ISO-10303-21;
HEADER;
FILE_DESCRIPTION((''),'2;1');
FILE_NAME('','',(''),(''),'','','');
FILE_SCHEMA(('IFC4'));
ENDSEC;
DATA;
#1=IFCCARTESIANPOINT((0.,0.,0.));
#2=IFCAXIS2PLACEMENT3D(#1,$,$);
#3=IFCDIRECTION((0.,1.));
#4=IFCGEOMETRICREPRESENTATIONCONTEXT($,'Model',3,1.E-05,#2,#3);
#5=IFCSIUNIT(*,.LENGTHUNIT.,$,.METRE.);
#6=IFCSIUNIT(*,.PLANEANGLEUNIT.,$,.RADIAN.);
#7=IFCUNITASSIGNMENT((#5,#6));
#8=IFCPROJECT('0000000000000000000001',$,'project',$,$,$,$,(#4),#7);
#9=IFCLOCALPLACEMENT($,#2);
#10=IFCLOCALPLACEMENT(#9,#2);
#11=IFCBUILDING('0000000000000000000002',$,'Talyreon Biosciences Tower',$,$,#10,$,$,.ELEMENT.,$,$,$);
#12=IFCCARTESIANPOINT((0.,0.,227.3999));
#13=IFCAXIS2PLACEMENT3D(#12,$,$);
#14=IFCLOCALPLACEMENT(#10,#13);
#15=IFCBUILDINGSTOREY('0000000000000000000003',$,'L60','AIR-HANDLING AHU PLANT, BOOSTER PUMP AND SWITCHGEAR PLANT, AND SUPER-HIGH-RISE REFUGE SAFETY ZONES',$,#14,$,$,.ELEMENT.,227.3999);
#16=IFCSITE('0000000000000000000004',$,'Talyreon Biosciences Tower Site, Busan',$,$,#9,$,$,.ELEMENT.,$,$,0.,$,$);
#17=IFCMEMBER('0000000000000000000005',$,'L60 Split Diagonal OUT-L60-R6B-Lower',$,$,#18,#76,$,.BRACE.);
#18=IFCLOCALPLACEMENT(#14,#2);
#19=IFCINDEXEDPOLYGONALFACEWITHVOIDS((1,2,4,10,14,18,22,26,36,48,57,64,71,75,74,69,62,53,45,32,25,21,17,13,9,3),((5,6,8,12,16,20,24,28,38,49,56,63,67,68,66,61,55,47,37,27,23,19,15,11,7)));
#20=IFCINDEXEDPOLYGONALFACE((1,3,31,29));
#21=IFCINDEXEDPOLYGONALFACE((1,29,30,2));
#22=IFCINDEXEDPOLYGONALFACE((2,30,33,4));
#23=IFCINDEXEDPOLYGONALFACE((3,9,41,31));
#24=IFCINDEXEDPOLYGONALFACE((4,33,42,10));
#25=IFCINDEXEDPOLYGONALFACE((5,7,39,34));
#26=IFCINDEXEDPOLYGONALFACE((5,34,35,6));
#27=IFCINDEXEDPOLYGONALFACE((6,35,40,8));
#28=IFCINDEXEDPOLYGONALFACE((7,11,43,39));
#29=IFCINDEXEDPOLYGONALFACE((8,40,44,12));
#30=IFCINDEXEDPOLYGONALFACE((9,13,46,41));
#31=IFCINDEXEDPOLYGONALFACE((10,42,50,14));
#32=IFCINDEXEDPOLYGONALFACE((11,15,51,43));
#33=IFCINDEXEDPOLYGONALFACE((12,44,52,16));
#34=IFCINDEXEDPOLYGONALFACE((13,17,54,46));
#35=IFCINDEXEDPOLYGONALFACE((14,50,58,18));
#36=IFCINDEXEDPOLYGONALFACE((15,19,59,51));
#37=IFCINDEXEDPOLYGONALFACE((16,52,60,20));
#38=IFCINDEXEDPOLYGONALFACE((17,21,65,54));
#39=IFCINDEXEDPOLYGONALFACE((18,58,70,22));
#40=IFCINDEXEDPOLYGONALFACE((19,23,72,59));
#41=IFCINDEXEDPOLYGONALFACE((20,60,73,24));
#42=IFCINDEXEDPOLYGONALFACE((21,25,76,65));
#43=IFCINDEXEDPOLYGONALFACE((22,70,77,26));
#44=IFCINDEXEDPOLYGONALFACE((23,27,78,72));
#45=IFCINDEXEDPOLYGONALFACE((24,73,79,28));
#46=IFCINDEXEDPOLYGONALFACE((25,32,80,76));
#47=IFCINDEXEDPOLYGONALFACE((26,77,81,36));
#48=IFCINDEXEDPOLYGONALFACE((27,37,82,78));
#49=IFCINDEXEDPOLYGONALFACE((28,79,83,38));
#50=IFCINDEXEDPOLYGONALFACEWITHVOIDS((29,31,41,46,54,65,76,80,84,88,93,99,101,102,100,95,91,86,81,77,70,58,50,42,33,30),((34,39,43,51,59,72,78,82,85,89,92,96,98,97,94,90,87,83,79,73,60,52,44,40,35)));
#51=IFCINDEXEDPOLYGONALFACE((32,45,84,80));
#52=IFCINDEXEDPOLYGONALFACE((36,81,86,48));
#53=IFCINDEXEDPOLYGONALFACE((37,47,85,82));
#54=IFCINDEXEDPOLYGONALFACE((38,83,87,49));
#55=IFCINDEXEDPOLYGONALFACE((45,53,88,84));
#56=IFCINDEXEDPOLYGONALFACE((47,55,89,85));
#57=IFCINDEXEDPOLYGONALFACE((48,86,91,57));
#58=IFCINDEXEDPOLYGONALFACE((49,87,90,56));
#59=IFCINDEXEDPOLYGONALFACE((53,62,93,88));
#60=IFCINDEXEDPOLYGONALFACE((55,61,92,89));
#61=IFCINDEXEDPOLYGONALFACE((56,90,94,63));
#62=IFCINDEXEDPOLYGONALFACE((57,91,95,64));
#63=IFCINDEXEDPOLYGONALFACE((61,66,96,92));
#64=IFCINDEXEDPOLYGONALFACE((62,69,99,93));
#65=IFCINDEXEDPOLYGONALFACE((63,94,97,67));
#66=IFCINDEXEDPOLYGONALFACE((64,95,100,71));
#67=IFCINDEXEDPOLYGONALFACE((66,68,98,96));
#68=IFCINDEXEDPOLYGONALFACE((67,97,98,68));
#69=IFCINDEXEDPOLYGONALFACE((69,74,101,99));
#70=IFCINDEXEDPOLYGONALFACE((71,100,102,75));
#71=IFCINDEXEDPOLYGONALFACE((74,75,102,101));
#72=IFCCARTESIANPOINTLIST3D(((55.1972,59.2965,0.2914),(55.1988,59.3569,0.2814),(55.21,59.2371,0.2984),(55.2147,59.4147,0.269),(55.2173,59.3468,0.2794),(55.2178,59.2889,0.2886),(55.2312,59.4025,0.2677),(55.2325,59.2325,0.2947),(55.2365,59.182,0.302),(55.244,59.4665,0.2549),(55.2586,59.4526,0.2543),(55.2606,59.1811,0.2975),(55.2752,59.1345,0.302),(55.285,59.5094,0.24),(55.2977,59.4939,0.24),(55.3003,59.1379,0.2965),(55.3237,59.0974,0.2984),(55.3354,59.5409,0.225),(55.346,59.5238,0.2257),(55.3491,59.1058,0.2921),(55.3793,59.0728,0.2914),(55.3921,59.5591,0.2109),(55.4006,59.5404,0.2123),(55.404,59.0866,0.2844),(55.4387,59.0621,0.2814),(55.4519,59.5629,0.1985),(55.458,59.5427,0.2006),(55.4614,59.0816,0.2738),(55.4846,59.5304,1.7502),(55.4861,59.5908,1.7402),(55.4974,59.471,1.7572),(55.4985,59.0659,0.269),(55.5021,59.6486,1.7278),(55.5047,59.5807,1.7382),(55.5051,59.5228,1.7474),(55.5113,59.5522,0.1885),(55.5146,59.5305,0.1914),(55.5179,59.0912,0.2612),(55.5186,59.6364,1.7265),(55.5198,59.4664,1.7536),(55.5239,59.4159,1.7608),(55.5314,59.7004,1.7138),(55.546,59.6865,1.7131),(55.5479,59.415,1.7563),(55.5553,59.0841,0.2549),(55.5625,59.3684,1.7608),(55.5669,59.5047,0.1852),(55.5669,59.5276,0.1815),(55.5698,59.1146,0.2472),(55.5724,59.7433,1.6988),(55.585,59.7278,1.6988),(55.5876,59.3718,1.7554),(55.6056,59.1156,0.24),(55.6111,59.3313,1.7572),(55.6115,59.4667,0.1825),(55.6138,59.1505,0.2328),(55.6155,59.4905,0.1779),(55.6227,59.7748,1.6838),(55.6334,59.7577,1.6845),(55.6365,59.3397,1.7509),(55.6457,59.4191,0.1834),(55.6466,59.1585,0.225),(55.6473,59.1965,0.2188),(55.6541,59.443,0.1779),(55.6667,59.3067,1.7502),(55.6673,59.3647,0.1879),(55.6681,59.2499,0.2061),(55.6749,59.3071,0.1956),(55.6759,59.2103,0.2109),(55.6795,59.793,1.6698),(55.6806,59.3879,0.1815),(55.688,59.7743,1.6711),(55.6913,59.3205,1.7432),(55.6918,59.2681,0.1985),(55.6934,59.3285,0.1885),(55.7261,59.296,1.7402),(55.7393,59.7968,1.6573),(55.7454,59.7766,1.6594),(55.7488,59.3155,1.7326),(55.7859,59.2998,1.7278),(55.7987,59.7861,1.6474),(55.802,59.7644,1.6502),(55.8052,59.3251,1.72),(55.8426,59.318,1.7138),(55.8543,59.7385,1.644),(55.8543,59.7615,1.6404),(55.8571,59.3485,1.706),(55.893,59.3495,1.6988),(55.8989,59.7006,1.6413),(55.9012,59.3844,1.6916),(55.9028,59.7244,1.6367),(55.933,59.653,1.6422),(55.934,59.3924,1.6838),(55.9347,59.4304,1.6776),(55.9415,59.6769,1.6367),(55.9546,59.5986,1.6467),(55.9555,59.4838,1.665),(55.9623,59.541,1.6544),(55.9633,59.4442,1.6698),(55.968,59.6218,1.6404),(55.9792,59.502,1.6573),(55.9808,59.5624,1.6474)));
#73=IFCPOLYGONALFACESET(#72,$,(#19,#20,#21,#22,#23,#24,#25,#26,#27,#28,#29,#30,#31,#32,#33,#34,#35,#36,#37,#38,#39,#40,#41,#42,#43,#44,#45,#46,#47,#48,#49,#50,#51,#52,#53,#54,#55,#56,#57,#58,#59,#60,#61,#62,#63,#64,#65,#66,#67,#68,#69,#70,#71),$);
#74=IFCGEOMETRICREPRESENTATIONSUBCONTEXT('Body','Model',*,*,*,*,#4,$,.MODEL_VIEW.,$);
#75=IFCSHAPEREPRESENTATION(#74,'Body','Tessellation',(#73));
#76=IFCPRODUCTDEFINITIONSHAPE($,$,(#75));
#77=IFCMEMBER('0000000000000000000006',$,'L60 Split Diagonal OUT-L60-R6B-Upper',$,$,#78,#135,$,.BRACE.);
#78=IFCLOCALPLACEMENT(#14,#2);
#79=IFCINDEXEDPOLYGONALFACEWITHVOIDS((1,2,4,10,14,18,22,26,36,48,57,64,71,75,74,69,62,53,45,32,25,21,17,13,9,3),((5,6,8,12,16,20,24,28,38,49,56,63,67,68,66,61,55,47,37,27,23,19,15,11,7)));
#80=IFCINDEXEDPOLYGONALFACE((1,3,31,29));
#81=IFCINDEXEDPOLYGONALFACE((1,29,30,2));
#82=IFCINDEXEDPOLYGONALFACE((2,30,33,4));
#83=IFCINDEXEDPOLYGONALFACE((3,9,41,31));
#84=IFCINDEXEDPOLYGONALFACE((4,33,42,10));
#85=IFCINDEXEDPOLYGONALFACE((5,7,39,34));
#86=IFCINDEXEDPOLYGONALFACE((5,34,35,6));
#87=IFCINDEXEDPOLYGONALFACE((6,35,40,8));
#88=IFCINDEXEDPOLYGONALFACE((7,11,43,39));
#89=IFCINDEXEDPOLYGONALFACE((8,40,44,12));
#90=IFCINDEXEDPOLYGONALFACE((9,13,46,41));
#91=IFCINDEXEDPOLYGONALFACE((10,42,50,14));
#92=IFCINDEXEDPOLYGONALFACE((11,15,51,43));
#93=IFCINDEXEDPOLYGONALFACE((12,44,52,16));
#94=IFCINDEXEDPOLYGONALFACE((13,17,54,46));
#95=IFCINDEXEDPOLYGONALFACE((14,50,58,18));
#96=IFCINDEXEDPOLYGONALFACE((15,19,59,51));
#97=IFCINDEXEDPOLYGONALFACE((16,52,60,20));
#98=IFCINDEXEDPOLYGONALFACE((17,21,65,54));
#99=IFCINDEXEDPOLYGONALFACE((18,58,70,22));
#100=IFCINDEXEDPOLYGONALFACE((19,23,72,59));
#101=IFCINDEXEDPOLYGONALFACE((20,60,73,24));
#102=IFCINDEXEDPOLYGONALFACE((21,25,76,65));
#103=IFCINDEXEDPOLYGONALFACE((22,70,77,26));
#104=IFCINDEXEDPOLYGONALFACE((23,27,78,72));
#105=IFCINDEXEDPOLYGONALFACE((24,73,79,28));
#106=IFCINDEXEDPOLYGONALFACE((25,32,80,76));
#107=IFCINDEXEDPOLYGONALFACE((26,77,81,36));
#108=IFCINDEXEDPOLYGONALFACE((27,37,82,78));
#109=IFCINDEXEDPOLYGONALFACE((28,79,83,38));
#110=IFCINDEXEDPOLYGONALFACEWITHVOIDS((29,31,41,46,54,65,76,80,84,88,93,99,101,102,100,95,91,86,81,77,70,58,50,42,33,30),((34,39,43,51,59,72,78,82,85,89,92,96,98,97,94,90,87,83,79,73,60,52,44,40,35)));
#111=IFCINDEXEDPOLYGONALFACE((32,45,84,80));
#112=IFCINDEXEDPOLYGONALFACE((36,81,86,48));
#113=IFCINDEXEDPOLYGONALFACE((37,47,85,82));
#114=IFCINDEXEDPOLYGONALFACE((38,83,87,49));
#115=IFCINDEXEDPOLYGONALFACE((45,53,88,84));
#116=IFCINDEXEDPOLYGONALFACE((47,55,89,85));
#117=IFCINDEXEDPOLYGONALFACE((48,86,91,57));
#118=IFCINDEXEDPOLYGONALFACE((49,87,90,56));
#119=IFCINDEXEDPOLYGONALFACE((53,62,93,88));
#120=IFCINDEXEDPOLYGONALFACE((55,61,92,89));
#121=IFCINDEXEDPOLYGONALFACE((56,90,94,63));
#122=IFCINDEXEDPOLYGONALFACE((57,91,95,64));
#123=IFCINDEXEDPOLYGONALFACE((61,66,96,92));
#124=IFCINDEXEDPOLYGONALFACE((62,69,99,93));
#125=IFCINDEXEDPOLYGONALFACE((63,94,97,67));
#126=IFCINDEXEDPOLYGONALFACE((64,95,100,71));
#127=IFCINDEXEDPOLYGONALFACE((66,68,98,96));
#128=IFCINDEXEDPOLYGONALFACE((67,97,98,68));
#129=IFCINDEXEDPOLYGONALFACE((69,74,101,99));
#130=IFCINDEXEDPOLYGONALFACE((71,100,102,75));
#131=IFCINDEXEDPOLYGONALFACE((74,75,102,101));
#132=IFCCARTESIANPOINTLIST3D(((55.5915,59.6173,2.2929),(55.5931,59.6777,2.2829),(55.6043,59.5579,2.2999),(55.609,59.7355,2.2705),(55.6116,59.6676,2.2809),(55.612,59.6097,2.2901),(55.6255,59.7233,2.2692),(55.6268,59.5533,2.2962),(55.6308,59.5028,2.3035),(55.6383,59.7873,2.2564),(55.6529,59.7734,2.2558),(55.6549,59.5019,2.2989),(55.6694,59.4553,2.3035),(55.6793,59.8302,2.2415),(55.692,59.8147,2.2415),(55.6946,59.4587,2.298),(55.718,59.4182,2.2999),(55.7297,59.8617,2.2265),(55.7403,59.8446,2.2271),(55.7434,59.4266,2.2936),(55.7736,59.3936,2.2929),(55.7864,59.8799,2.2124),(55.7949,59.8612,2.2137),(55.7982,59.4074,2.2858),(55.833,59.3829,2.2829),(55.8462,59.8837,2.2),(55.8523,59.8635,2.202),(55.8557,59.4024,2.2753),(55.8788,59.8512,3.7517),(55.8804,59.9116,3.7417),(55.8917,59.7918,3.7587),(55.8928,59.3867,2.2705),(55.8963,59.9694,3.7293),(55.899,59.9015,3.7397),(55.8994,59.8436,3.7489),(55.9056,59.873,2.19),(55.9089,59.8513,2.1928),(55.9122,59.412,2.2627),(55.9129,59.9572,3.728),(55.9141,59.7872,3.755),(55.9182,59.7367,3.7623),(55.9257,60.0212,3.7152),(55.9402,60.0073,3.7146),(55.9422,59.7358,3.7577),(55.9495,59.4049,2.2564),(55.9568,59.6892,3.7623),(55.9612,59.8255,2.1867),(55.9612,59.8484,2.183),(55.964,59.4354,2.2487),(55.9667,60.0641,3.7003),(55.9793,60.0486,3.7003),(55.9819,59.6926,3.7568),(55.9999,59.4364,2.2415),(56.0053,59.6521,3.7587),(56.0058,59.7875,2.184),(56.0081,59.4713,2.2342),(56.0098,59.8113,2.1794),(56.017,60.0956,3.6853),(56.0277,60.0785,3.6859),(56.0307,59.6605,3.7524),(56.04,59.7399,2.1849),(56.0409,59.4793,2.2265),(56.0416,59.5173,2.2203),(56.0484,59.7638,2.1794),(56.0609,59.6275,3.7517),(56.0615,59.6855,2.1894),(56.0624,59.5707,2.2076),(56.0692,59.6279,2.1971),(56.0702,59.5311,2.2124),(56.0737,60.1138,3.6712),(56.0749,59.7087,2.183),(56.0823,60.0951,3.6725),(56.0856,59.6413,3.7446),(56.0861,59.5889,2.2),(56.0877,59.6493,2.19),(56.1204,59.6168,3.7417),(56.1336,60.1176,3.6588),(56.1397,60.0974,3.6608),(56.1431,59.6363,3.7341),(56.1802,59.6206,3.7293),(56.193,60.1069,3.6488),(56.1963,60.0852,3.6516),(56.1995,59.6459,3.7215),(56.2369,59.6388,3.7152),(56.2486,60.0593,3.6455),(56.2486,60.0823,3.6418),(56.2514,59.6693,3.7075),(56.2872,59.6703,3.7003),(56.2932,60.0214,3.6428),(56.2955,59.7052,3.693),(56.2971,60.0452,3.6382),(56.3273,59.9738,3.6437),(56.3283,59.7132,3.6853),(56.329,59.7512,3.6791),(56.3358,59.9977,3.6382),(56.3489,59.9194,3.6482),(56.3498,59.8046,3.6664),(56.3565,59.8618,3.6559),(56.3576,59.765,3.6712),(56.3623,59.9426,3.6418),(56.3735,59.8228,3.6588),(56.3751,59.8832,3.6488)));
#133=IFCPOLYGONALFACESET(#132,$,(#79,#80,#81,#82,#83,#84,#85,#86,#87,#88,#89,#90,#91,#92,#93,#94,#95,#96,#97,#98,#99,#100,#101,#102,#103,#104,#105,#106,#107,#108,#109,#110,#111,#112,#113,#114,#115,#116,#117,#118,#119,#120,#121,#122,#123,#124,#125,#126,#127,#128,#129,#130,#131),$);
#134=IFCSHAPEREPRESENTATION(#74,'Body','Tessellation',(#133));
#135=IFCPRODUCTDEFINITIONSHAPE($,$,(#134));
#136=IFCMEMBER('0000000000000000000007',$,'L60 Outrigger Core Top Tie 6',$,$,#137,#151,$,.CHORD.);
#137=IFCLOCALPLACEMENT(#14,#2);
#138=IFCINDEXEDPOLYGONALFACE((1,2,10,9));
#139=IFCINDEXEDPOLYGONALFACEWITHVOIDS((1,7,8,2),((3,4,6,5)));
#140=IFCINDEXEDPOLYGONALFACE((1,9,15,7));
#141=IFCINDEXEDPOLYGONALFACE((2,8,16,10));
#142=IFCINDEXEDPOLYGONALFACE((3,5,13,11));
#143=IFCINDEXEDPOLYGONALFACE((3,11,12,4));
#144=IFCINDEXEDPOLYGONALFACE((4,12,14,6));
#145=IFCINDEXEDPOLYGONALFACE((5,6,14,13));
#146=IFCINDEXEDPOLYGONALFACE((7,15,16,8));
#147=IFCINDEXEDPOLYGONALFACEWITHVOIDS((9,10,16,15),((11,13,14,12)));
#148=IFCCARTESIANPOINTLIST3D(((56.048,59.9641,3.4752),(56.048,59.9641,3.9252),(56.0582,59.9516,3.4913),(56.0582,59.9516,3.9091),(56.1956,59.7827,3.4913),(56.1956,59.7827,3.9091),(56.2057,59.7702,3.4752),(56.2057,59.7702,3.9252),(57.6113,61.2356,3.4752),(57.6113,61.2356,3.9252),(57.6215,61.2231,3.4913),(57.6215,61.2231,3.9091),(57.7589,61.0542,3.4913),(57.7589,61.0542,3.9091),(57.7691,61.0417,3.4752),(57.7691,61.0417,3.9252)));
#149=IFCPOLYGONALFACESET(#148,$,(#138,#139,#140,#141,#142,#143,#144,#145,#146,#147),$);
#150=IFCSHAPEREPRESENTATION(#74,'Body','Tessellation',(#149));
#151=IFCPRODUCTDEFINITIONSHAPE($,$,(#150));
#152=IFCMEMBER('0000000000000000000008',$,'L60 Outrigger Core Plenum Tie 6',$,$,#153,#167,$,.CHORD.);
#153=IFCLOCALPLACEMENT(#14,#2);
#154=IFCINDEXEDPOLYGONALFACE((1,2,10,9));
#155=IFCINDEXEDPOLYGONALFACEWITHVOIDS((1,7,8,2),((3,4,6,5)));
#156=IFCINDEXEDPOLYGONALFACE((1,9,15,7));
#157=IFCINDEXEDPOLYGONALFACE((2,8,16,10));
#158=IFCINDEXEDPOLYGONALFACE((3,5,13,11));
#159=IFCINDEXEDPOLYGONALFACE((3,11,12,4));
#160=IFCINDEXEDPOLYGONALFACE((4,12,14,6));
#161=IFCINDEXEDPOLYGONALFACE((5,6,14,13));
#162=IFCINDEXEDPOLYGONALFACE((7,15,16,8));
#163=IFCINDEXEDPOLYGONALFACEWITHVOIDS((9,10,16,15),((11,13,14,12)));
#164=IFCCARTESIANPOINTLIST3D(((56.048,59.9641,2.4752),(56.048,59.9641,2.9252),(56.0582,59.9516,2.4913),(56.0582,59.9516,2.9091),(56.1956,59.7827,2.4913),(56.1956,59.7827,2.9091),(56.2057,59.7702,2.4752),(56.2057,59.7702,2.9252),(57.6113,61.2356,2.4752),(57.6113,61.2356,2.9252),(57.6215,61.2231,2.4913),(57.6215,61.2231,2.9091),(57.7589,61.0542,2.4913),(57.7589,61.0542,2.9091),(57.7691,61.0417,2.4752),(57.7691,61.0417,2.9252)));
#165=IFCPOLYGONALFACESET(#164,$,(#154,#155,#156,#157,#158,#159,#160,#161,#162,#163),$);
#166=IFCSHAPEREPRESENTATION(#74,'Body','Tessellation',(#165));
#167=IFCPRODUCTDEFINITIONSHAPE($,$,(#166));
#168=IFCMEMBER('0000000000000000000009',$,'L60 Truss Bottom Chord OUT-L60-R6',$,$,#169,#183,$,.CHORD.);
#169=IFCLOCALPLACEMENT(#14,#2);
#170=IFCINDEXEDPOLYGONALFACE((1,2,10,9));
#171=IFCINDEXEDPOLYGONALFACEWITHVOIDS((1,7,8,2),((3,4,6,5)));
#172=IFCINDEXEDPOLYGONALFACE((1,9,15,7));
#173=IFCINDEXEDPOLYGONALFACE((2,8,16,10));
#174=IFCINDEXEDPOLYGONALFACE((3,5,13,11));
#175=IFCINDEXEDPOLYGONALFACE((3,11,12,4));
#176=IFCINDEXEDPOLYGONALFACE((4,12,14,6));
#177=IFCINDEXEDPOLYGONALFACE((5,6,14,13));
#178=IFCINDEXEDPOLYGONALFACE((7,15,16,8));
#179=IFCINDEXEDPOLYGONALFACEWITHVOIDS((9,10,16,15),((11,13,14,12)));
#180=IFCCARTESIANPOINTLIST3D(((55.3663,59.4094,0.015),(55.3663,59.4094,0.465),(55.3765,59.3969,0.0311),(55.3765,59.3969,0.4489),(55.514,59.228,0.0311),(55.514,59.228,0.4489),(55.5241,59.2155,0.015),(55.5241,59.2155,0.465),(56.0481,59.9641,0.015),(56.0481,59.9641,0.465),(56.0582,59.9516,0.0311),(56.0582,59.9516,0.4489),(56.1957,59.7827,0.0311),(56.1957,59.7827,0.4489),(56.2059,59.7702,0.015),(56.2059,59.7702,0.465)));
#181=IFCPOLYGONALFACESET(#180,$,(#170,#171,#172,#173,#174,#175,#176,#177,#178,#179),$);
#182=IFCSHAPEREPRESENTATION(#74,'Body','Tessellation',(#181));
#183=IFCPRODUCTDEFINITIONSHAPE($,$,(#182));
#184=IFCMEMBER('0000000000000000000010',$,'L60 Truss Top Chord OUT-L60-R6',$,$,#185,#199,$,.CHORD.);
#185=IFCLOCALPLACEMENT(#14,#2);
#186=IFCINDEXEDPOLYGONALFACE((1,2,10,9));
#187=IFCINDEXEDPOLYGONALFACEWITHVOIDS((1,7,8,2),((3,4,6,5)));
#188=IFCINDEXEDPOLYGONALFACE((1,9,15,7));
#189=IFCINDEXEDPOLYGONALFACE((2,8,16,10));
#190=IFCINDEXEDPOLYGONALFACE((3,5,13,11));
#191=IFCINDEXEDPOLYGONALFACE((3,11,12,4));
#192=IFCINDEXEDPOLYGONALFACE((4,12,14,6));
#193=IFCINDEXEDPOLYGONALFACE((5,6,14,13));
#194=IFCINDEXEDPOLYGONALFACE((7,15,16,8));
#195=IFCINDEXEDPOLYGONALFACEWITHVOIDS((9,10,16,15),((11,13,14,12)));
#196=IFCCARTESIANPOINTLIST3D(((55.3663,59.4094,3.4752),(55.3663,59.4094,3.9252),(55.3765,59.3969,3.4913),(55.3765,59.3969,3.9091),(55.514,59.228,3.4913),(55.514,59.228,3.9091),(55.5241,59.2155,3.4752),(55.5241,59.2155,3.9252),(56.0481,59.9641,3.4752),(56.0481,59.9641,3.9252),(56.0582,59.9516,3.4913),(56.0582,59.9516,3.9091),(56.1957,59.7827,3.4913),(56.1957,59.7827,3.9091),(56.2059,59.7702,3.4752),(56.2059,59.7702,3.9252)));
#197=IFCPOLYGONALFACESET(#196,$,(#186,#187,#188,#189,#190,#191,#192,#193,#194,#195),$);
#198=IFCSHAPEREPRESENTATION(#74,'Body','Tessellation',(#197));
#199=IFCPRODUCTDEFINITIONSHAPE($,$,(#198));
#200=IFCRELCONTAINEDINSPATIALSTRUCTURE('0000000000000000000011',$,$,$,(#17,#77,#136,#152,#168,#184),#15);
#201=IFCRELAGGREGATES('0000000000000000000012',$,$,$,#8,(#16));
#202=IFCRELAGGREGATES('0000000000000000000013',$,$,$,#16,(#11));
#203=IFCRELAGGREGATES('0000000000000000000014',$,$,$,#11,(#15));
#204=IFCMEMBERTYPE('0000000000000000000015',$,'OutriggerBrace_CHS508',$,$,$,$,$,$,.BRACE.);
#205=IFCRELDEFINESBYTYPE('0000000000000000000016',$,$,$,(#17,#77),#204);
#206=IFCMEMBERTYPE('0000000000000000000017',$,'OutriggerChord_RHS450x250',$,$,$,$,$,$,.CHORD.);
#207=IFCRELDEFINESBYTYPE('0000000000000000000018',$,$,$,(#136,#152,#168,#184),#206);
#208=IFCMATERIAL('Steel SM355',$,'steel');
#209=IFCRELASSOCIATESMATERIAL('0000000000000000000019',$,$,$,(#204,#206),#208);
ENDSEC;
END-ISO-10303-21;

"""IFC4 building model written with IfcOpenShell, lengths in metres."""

from ifc_helpers import new_model, si_unit, direction, frame, origin, origin_2d, place, context, subcontext, project, spatial, hollow_rectangle, hollow_circle, extrude, material, material_profile, profile_set, type_object, element, save


model = new_model("IFC4")

# Units and contexts
model_context = context("Model", 3, precision=1e-05, world=origin(), true_north=direction((0.0, 1.0)))
body_context = subcontext(model_context, "Body", "Model", "MODEL_VIEW")
ifc_project = project(units=[si_unit("LENGTHUNIT", "METRE"), si_unit("PLANEANGLEUNIT", "RADIAN")], contexts=[model_context])

# Site, building, storey
site_placement = place(None, origin())
site = spatial("IfcSite", under=ifc_project, at=site_placement, Name="Talyreon Biosciences Tower Site, Busan", CompositionType="ELEMENT", RefElevation=0.0)
building_placement = place(site_placement, origin())
building = spatial("IfcBuilding", under=site, at=building_placement, Name="Talyreon Biosciences Tower", CompositionType="ELEMENT")
storey_placement = place(building_placement, frame((0.0, 0.0, 227.3999)))
storey = spatial("IfcBuildingStorey", under=building, at=storey_placement, Name="L60", Description="AIR-HANDLING AHU PLANT, BOOSTER PUMP AND SWITCHGEAR PLANT, AND SUPER-HIGH-RISE REFUGE SAFETY ZONES", CompositionType="ELEMENT", Elevation=227.3999)

# Shared definitions
ifc_material_1 = material(Name="Steel SM355", Category="steel")

# Members
ifc_material_profile_1 = material_profile(ifc_material_1, hollow_circle(Radius=0.2539, WallThickness=0.02, at=origin_2d()), Name="CHS 508x20")
ifc_profile_set_1 = profile_set([ifc_material_profile_1], Name="Steel SM355")
member_type_1 = type_object("IfcMemberType", Name="OutriggerBrace_CHS508", PredefinedType="BRACE", material=ifc_profile_set_1)
for number, where, z_axis, x_axis, name in (
    (1, (55.4453, 59.3125, 0.24), (0.190925, 0.155401, 0.969226), (-0.631262, 0.77557, 0.0), "L60 Split Diagonal OUT-L60-R6B-Lower"),
    (2, (55.8396, 59.6333, 2.2415), (0.190925, 0.155401, 0.969226), (-0.631262, 0.77557, 0.0), "L60 Split Diagonal OUT-L60-R6B-Upper"),
):
    element("IfcMember", number, at=place(storey_placement, frame(where, z_axis=z_axis, x_axis=x_axis)), inside=storey, type_object=member_type_1, Name=name, PredefinedType="BRACE", context=body_context, shape_type="SweptSolid", body=[
        extrude(hollow_circle(Radius=0.2539, WallThickness=0.02, at=origin_2d()), origin(), (0.0, 0.0, 1.0), 1.5051),
    ])
ifc_material_profile_2 = material_profile(ifc_material_1, hollow_rectangle(XDim=0.25, YDim=0.45, WallThickness=0.0161, at=origin_2d()), Name="RHS 450x250x16")
ifc_profile_set_2 = profile_set([ifc_material_profile_2], Name="Steel SM355")
member_type_2 = type_object("IfcMemberType", Name="OutriggerChord_RHS450x250", PredefinedType="CHORD", material=ifc_profile_set_2)
for number, where, z_axis, x_axis, name in (
    (3, (57.6902, 61.1387, 3.7002), (-0.775784, -0.630998, 0.0), (0.630998, -0.775784, 0.0), "L60 Outrigger Core Top Tie 6"),
    (4, (57.6902, 61.1387, 2.7002), (-0.775784, -0.630998, 0.0), (0.630998, -0.775784, 0.0), "L60 Outrigger Core Plenum Tie 6"),
):
    element("IfcMember", number, at=place(storey_placement, frame(where, z_axis=z_axis, x_axis=x_axis)), inside=storey, type_object=member_type_2, Name=name, PredefinedType="CHORD", context=body_context, shape_type="SweptSolid", body=[
        extrude(hollow_rectangle(XDim=0.25, YDim=0.45, WallThickness=0.0161, at=origin_2d()), origin(), (0.0, 0.0, 1.0), 2.0151),
    ])
for number, where, z_axis, x_axis, name in (
    (5, (56.127, 59.8672, 0.24), (-0.775638, -0.631178, 0.0), (0.631178, -0.775638, 0.0), "L60 Truss Bottom Chord OUT-L60-R6"),
    (6, (56.127, 59.8672, 3.7002), (-0.775638, -0.631178, 0.0), (0.631178, -0.775638, 0.0), "L60 Truss Top Chord OUT-L60-R6"),
):
    element("IfcMember", number, at=place(storey_placement, frame(where, z_axis=z_axis, x_axis=x_axis)), inside=storey, type_object=member_type_2, Name=name, PredefinedType="CHORD", context=body_context, shape_type="SweptSolid", body=[
        extrude(hollow_rectangle(XDim=0.25, YDim=0.45, WallThickness=0.0161, at=origin_2d()), origin(), (0.0, 0.0, 1.0), 0.8789),
    ])

save(model, "model.ifc")
